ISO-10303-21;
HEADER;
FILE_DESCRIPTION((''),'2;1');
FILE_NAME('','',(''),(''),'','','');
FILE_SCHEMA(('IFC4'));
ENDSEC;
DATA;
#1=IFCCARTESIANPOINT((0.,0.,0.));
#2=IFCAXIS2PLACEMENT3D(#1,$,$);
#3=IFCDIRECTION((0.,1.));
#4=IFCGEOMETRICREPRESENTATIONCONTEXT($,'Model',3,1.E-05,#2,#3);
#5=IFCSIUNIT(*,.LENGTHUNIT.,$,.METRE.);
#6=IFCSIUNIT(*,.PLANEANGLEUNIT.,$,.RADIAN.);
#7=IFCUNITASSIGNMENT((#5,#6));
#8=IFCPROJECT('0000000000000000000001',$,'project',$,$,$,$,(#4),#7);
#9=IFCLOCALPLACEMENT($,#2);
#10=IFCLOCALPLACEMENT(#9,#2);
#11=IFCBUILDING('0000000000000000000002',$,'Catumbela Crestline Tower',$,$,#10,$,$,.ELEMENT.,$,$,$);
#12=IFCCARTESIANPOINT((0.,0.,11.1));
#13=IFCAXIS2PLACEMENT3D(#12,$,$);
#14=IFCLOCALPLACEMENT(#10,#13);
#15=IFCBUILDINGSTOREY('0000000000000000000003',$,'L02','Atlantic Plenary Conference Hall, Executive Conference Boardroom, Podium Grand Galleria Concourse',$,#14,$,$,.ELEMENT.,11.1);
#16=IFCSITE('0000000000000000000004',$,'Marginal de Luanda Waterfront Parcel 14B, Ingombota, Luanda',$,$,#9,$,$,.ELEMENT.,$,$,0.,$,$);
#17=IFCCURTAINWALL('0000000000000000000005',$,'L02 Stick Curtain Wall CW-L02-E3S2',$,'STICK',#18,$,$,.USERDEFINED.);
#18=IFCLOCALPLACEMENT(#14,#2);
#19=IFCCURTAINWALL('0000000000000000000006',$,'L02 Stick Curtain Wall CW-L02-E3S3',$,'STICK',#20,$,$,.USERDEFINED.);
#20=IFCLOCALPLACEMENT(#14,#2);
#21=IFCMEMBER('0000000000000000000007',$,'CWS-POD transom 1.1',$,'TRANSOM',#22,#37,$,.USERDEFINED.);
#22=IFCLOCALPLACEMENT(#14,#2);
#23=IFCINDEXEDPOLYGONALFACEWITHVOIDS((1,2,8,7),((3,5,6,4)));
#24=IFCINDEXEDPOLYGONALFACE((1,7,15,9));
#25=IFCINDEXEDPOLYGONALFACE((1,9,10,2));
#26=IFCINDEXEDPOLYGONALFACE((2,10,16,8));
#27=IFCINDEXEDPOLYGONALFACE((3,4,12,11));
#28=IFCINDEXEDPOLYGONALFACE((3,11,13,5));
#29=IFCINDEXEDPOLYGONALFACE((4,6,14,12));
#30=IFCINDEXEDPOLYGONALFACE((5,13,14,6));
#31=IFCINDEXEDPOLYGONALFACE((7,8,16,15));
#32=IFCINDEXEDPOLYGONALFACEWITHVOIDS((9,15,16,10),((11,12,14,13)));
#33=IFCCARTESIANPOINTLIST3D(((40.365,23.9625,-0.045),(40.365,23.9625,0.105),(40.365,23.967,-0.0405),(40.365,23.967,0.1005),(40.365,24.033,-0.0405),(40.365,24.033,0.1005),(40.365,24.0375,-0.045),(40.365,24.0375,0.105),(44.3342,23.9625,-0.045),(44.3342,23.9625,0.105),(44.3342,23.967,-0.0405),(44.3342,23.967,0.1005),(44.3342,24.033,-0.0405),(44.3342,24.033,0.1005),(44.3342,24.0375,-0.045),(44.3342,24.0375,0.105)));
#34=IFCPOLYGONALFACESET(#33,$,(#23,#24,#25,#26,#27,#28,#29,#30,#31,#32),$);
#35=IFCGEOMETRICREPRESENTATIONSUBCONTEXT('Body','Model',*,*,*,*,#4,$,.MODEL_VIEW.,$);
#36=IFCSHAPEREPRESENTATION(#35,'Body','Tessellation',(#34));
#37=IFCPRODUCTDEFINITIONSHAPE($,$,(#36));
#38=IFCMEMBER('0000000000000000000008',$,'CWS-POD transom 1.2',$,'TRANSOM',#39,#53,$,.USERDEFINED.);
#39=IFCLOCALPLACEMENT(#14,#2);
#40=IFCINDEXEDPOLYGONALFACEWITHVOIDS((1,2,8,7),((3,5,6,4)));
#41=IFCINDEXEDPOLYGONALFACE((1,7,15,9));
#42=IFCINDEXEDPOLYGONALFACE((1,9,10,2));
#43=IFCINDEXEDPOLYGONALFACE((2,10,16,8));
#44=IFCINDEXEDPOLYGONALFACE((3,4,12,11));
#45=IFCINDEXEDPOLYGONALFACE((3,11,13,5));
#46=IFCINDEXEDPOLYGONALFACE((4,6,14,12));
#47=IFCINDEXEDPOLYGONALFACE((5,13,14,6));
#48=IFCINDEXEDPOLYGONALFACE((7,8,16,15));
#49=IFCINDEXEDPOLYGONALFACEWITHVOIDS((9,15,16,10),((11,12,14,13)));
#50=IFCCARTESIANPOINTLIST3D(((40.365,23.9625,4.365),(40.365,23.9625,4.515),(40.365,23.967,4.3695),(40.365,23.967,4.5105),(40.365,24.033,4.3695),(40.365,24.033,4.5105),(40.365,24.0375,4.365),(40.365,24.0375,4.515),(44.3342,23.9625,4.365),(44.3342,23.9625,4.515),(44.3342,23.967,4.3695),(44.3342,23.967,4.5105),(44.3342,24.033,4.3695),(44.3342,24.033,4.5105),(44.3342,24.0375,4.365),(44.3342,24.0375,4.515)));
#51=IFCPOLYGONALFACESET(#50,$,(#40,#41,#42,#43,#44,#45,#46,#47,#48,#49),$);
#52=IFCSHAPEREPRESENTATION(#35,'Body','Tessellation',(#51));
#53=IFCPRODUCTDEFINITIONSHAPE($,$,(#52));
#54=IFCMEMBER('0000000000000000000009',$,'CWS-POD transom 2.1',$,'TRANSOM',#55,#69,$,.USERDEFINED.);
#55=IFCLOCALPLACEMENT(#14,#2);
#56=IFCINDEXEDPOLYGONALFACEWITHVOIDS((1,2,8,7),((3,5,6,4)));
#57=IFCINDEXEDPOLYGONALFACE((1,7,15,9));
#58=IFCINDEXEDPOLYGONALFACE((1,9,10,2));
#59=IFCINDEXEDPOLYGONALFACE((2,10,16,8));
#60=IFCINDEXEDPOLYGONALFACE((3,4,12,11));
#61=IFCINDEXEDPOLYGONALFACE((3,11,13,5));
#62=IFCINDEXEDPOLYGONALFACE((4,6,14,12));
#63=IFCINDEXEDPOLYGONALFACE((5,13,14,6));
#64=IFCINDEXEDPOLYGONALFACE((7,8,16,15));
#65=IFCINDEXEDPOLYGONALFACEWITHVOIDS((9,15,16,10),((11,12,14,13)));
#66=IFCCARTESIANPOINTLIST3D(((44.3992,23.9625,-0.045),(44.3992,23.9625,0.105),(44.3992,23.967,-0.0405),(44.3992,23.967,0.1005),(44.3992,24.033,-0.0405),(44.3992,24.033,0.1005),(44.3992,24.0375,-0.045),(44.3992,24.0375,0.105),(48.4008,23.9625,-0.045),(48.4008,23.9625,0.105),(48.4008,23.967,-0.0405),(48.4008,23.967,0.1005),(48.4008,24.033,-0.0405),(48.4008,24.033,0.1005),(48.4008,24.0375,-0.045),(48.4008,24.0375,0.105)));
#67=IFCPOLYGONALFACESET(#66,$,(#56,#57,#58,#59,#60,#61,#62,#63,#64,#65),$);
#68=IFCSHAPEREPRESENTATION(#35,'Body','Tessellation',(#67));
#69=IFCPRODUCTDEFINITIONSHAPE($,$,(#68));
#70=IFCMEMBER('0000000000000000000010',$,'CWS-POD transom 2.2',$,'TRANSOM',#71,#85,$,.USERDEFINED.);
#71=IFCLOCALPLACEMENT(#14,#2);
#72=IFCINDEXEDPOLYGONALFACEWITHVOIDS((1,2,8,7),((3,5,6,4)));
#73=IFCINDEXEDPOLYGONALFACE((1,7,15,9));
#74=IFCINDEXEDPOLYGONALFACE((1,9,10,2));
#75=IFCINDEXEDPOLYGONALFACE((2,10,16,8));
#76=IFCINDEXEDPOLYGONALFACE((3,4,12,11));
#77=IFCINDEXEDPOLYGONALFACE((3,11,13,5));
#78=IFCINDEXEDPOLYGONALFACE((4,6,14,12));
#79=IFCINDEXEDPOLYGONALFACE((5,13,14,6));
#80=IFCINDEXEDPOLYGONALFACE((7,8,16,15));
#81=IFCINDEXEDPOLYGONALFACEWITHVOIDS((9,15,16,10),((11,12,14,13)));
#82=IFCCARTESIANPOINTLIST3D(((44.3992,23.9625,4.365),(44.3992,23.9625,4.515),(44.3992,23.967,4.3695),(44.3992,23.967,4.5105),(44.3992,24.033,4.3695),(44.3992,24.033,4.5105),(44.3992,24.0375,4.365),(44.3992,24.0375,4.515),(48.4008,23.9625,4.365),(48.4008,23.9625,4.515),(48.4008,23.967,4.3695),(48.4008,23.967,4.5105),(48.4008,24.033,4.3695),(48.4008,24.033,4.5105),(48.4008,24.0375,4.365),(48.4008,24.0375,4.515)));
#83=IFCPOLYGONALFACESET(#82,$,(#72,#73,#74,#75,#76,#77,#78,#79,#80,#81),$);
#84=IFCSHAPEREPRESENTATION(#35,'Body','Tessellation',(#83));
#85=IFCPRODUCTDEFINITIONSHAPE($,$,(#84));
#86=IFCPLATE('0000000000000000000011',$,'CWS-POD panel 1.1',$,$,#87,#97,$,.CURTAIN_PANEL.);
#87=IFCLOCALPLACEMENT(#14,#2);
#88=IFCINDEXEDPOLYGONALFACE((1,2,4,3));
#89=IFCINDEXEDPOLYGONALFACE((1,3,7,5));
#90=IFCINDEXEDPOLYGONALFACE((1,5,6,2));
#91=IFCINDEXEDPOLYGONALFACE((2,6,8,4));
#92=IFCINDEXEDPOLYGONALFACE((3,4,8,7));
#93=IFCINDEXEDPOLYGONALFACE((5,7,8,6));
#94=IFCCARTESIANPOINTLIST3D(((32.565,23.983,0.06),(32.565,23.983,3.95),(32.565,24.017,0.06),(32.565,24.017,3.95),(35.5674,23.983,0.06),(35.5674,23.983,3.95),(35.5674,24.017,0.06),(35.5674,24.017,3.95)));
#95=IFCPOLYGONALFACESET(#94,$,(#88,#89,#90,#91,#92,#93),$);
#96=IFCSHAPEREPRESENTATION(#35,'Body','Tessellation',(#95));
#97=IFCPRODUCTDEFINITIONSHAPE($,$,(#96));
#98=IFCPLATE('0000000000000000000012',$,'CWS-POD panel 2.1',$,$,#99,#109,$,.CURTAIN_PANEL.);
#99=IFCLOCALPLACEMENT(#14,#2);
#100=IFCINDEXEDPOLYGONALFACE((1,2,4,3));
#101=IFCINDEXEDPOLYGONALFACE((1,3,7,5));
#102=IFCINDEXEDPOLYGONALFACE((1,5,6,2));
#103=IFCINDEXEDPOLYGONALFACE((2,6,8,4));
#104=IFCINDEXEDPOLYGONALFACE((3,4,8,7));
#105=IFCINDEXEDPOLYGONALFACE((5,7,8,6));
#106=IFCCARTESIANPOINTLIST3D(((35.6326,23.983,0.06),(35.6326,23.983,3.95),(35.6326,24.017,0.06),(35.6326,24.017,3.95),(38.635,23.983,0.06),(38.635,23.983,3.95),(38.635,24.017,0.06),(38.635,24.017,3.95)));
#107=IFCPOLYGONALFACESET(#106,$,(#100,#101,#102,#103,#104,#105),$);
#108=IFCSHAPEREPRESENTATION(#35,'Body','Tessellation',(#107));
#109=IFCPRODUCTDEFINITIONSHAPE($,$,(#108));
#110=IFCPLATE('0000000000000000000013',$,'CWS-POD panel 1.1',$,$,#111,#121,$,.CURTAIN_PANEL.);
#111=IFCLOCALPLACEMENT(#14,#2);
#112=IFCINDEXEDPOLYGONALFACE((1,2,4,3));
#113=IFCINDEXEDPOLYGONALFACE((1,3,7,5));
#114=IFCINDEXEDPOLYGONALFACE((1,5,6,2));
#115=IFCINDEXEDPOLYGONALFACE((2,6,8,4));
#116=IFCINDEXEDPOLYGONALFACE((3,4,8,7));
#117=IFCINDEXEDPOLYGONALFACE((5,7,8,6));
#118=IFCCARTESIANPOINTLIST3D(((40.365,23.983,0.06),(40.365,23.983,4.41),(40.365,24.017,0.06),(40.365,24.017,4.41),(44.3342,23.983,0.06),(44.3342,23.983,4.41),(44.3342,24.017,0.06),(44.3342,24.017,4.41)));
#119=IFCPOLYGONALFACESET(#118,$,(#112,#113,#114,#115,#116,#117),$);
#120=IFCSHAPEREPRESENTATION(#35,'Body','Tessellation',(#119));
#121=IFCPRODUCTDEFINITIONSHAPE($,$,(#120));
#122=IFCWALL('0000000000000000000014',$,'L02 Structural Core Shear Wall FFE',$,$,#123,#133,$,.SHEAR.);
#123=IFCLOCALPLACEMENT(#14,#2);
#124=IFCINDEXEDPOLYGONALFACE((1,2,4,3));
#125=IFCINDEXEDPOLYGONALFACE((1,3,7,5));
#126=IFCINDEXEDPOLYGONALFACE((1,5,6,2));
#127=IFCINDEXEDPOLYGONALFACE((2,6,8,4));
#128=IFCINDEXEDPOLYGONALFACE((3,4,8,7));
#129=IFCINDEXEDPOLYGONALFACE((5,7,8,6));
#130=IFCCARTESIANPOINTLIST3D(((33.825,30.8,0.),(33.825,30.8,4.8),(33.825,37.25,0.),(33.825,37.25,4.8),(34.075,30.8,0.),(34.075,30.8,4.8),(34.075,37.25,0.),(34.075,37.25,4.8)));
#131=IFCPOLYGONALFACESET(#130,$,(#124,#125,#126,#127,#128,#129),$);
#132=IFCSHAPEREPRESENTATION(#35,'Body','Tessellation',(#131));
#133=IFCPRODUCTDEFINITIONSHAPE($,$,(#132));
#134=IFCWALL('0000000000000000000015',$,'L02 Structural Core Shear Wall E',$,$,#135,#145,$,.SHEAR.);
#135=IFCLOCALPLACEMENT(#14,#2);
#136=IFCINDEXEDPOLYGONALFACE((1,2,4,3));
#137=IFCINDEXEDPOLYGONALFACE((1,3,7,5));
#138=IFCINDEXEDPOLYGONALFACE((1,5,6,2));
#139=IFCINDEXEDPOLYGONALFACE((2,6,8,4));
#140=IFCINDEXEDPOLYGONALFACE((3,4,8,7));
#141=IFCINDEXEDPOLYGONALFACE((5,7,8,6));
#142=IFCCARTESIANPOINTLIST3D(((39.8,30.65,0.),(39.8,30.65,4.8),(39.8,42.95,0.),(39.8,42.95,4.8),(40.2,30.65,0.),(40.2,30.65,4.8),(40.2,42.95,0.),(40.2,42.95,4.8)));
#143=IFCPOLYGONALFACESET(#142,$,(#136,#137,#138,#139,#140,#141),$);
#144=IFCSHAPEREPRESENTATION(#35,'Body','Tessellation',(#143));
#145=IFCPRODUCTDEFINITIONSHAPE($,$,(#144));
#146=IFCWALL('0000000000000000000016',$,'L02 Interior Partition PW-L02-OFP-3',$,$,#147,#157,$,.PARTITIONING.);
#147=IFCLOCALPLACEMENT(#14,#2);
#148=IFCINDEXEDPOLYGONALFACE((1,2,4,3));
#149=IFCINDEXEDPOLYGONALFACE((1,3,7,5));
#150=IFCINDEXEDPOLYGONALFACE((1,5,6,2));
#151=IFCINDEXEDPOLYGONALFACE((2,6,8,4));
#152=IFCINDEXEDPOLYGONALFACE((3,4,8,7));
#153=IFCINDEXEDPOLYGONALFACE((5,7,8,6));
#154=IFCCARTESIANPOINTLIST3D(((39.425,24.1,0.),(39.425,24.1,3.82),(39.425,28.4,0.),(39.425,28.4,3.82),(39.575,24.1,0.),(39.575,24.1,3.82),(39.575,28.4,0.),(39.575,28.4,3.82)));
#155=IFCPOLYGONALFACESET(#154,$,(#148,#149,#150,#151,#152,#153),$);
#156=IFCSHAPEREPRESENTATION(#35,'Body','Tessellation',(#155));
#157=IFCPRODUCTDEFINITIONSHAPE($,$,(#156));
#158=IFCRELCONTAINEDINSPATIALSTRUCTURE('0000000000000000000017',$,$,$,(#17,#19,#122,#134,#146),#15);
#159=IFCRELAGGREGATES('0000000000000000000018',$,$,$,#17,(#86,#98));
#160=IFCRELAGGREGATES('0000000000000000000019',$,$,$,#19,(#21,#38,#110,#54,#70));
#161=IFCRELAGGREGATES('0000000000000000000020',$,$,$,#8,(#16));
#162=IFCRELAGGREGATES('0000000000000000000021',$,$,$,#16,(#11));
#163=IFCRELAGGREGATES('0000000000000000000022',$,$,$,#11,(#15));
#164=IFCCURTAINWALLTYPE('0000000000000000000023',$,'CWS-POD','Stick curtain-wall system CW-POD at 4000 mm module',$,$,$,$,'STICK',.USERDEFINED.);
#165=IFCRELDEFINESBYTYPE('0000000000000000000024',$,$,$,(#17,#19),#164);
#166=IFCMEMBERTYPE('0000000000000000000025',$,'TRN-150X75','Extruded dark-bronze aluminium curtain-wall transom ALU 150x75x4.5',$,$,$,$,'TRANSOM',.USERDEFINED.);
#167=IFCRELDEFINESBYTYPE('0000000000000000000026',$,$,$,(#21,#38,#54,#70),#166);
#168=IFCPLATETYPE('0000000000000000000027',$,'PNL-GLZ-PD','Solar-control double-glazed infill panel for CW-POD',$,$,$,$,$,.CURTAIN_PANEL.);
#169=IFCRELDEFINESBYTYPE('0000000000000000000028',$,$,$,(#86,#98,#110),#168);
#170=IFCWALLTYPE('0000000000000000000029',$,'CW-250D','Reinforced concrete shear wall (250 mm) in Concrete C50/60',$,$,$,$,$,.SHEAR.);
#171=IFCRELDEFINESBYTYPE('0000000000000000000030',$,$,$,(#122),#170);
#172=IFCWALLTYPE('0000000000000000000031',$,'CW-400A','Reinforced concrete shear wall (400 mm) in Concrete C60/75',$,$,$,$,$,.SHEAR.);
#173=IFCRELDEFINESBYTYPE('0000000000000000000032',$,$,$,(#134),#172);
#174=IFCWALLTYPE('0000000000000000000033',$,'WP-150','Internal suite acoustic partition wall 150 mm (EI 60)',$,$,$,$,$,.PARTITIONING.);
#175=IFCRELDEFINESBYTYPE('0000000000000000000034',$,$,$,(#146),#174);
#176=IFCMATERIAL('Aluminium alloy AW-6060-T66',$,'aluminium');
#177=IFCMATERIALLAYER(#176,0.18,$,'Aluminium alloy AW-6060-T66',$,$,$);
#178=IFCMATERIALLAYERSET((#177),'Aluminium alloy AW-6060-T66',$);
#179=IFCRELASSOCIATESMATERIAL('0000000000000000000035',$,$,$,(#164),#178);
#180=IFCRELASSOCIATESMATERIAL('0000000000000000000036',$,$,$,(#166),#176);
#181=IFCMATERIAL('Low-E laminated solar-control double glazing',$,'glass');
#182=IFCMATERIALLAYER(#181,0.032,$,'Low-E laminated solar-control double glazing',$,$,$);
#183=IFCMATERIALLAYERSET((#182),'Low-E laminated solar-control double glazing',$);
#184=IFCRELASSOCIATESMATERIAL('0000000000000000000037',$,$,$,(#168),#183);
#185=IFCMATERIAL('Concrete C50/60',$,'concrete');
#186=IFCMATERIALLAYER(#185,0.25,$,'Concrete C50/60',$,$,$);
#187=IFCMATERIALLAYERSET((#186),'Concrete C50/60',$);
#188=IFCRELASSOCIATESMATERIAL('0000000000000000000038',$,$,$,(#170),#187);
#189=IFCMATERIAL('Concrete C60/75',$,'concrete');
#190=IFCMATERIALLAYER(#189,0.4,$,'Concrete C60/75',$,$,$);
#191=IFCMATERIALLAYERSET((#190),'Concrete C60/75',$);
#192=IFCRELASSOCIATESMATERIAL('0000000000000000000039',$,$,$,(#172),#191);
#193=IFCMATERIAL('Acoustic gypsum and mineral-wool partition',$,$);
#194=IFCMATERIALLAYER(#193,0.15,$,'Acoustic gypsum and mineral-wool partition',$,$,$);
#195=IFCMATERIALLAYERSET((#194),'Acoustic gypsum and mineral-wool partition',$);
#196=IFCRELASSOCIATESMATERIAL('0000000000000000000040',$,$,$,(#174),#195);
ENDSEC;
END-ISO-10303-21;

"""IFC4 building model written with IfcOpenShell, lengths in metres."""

from ifc_helpers import new_model, si_unit, direction, frame, frame_2d, origin, origin_2d, place, context, subcontext, project, spatial, rectangle, hollow_rectangle, extrude, material, layer, layer_set, material_profile, profile_set, type_object, element, aggregate, save


model = new_model("IFC4")

# Units and contexts
model_context = context("Model", 3, precision=1e-05, world=origin(), true_north=direction((0.0, 1.0)))
body_context = subcontext(model_context, "Body", "Model", "MODEL_VIEW")
ifc_project = project(units=[si_unit("LENGTHUNIT", "METRE"), si_unit("PLANEANGLEUNIT", "RADIAN")], contexts=[model_context])

# Site, building, storey
site_placement = place(None, origin())
site = spatial("IfcSite", under=ifc_project, at=site_placement, Name="Marginal de Luanda Waterfront Parcel 14B, Ingombota, Luanda", CompositionType="ELEMENT", RefElevation=0.0)
building_placement = place(site_placement, origin())
building = spatial("IfcBuilding", under=site, at=building_placement, Name="Catumbela Crestline Tower", CompositionType="ELEMENT")
storey_placement = place(building_placement, frame((0.0, 0.0, 11.1)))
storey = spatial("IfcBuildingStorey", under=building, at=storey_placement, Name="L02", Description="Atlantic Plenary Conference Hall, Executive Conference Boardroom, Podium Grand Galleria Concourse", CompositionType="ELEMENT", Elevation=11.1)

# Shared definitions
ifc_material_1 = material(Name="Concrete C60/75", Category="concrete")

# Curtain walls
ifc_material_2 = material(Name="Aluminium alloy AW-6060-T66", Category="aluminium")
ifc_layer_1 = layer(ifc_material_2, 0.18, Name="Aluminium alloy AW-6060-T66")
ifc_layer_set_1 = layer_set([ifc_layer_1], Name="Aluminium alloy AW-6060-T66")
curtain_wall_type = type_object("IfcCurtainWallType", Name="CWS-POD", Description="Stick curtain-wall system CW-POD at 4000 mm module", ElementType="STICK", PredefinedType="USERDEFINED", material=ifc_layer_set_1)
curtain_wall_1_placement = place(storey_placement, origin())
curtain_wall_1 = element("IfcCurtainWall", 1, at=curtain_wall_1_placement, inside=storey, type_object=curtain_wall_type, Name="L02 Stick Curtain Wall CW-L02-E3S2", ObjectType="STICK", PredefinedType="USERDEFINED")
curtain_wall_2_placement = place(storey_placement, origin())
curtain_wall_2 = element("IfcCurtainWall", 2, at=curtain_wall_2_placement, inside=storey, type_object=curtain_wall_type, Name="L02 Stick Curtain Wall CW-L02-E3S3", ObjectType="STICK", PredefinedType="USERDEFINED")

# Members
ifc_material_profile_1 = material_profile(ifc_material_2, hollow_rectangle(XDim=0.075, YDim=0.15, WallThickness=0.0045, at=origin_2d()), Name="ALU 150x75x4.5")
ifc_profile_set_1 = profile_set([ifc_material_profile_1], Name="Aluminium alloy AW-6060-T66")
member_type_1 = type_object("IfcMemberType", Name="TRN-150X75", Description="Extruded dark-bronze aluminium curtain-wall transom ALU 150x75x4.5", ElementType="TRANSOM", PredefinedType="USERDEFINED", material=ifc_profile_set_1)
member_1_placement = place(storey_placement, frame((40.365, 24.0, 0.03), z_axis=(1.0, 0.0, 0.0), x_axis=(0.0, 1.0, 0.0)))
member_1 = element("IfcMember", 3, at=member_1_placement, type_object=member_type_1, Name="CWS-POD transom 1.1", ObjectType="TRANSOM", PredefinedType="USERDEFINED", context=body_context, shape_type="SweptSolid", body=[
    extrude(hollow_rectangle(XDim=0.075, YDim=0.15, WallThickness=0.0045, at=origin_2d()), origin(), (0.0, 0.0, 1.0), 3.9692),
])
member_2_placement = place(storey_placement, frame((40.365, 24.0, 4.44), z_axis=(1.0, 0.0, 0.0), x_axis=(0.0, 1.0, 0.0)))
member_2 = element("IfcMember", 4, at=member_2_placement, type_object=member_type_1, Name="CWS-POD transom 1.2", ObjectType="TRANSOM", PredefinedType="USERDEFINED", context=body_context, shape_type="SweptSolid", body=[
    extrude(hollow_rectangle(XDim=0.075, YDim=0.15, WallThickness=0.0045, at=origin_2d()), origin(), (0.0, 0.0, 1.0), 3.9692),
])
member_3_placement = place(storey_placement, frame((44.3992, 24.0, 0.03), z_axis=(1.0, 0.0, 0.0), x_axis=(0.0, 1.0, 0.0)))
member_3 = element("IfcMember", 5, at=member_3_placement, type_object=member_type_1, Name="CWS-POD transom 2.1", ObjectType="TRANSOM", PredefinedType="USERDEFINED", context=body_context, shape_type="SweptSolid", body=[
    extrude(hollow_rectangle(XDim=0.075, YDim=0.15, WallThickness=0.0045, at=origin_2d()), origin(), (0.0, 0.0, 1.0), 4.0016),
])
member_4_placement = place(storey_placement, frame((44.3992, 24.0, 4.44), z_axis=(1.0, 0.0, 0.0), x_axis=(0.0, 1.0, 0.0)))
member_4 = element("IfcMember", 6, at=member_4_placement, type_object=member_type_1, Name="CWS-POD transom 2.2", ObjectType="TRANSOM", PredefinedType="USERDEFINED", context=body_context, shape_type="SweptSolid", body=[
    extrude(hollow_rectangle(XDim=0.075, YDim=0.15, WallThickness=0.0045, at=origin_2d()), origin(), (0.0, 0.0, 1.0), 4.0016),
])

# Plates
ifc_material_3 = material(Name="Low-E laminated solar-control double glazing", Category="glass")
ifc_layer_2 = layer(ifc_material_3, 0.032, Name="Low-E laminated solar-control double glazing")
ifc_layer_set_2 = layer_set([ifc_layer_2], Name="Low-E laminated solar-control double glazing")
plate_type = type_object("IfcPlateType", Name="PNL-GLZ-PD", Description="Solar-control double-glazed infill panel for CW-POD", PredefinedType="CURTAIN_PANEL", material=ifc_layer_set_2)
plate_1_placement = place(storey_placement, frame((34.0662, 24.0, 0.06), z_axis=(0.0, 0.0, 1.0), x_axis=(1.0, 0.0, 0.0)))
plate_1 = element("IfcPlate", 7, at=plate_1_placement, type_object=plate_type, Name="CWS-POD panel 1.1", PredefinedType="CURTAIN_PANEL", context=body_context, shape_type="SweptSolid", body=[
    extrude(rectangle(XDim=3.0025, YDim=0.034, at=origin_2d()), origin(), (0.0, 0.0, 1.0), 3.89),
])
plate_2_placement = place(storey_placement, frame((37.1338, 24.0, 0.06), z_axis=(0.0, 0.0, 1.0), x_axis=(1.0, 0.0, 0.0)))
plate_2 = element("IfcPlate", 8, at=plate_2_placement, type_object=plate_type, Name="CWS-POD panel 2.1", PredefinedType="CURTAIN_PANEL", context=body_context, shape_type="SweptSolid", body=[
    extrude(rectangle(XDim=3.0025, YDim=0.034, at=origin_2d()), origin(), (0.0, 0.0, 1.0), 3.89),
])
aggregate(curtain_wall_1, [plate_1, plate_2])
plate_3_placement = place(storey_placement, frame((42.3496, 24.0, 0.06), z_axis=(0.0, 0.0, 1.0), x_axis=(1.0, 0.0, 0.0)))
plate_3 = element("IfcPlate", 9, at=plate_3_placement, type_object=plate_type, Name="CWS-POD panel 1.1", PredefinedType="CURTAIN_PANEL", context=body_context, shape_type="SweptSolid", body=[
    extrude(rectangle(XDim=3.9692, YDim=0.034, at=origin_2d()), origin(), (0.0, 0.0, 1.0), 4.35),
])
aggregate(curtain_wall_2, [member_1, member_2, plate_3, member_3, member_4])

# Walls
ifc_material_4 = material(Name="Concrete C50/60", Category="concrete")
ifc_layer_3 = layer(ifc_material_4, 0.25, Name="Concrete C50/60")
ifc_layer_set_3 = layer_set([ifc_layer_3], Name="Concrete C50/60")
wall_type_1 = type_object("IfcWallType", Name="CW-250D", Description="Reinforced concrete shear wall (250 mm) in Concrete C50/60", PredefinedType="SHEAR", material=ifc_layer_set_3)
wall_1_placement = place(storey_placement, frame((33.95, 30.8, 0.0), z_axis=(0.0, 0.0, 1.0), x_axis=(0.0, 1.0, 0.0)))
element("IfcWall", 10, at=wall_1_placement, inside=storey, type_object=wall_type_1, Name="L02 Structural Core Shear Wall FFE", PredefinedType="SHEAR", context=body_context, shape_type="SweptSolid", body=[
    extrude(rectangle(XDim=6.45, YDim=0.25, at=frame_2d((3.225, 0.0))), origin(), (0.0, 0.0, 1.0), 4.8),
])
ifc_layer_4 = layer(ifc_material_1, 0.4, Name="Concrete C60/75")
ifc_layer_set_4 = layer_set([ifc_layer_4], Name="Concrete C60/75")
wall_type_2 = type_object("IfcWallType", Name="CW-400A", Description="Reinforced concrete shear wall (400 mm) in Concrete C60/75", PredefinedType="SHEAR", material=ifc_layer_set_4)
wall_2_placement = place(storey_placement, frame((40.0, 30.65, 0.0), z_axis=(0.0, 0.0, 1.0), x_axis=(0.0, 1.0, 0.0)))
element("IfcWall", 11, at=wall_2_placement, inside=storey, type_object=wall_type_2, Name="L02 Structural Core Shear Wall E", PredefinedType="SHEAR", context=body_context, shape_type="SweptSolid", body=[
    extrude(rectangle(XDim=12.3, YDim=0.4, at=frame_2d((6.15, 0.0))), origin(), (0.0, 0.0, 1.0), 4.8),
])
ifc_material_5 = material(Name="Acoustic gypsum and mineral-wool partition")
ifc_layer_5 = layer(ifc_material_5, 0.15, Name="Acoustic gypsum and mineral-wool partition")
ifc_layer_set_5 = layer_set([ifc_layer_5], Name="Acoustic gypsum and mineral-wool partition")
wall_type_3 = type_object("IfcWallType", Name="WP-150", Description="Internal suite acoustic partition wall 150 mm (EI 60)", PredefinedType="PARTITIONING", material=ifc_layer_set_5)
wall_3_placement = place(storey_placement, frame((39.5, 24.1, 0.0), z_axis=(0.0, 0.0, 1.0), x_axis=(0.0, 1.0, 0.0)))
element("IfcWall", 12, at=wall_3_placement, inside=storey, type_object=wall_type_3, Name="L02 Interior Partition PW-L02-OFP-3", PredefinedType="PARTITIONING", context=body_context, shape_type="SweptSolid", body=[
    extrude(rectangle(XDim=4.3, YDim=0.15, at=frame_2d((2.15, 0.0))), origin(), (0.0, 0.0, 1.0), 3.82),
])

save(model, "model.ifc")
